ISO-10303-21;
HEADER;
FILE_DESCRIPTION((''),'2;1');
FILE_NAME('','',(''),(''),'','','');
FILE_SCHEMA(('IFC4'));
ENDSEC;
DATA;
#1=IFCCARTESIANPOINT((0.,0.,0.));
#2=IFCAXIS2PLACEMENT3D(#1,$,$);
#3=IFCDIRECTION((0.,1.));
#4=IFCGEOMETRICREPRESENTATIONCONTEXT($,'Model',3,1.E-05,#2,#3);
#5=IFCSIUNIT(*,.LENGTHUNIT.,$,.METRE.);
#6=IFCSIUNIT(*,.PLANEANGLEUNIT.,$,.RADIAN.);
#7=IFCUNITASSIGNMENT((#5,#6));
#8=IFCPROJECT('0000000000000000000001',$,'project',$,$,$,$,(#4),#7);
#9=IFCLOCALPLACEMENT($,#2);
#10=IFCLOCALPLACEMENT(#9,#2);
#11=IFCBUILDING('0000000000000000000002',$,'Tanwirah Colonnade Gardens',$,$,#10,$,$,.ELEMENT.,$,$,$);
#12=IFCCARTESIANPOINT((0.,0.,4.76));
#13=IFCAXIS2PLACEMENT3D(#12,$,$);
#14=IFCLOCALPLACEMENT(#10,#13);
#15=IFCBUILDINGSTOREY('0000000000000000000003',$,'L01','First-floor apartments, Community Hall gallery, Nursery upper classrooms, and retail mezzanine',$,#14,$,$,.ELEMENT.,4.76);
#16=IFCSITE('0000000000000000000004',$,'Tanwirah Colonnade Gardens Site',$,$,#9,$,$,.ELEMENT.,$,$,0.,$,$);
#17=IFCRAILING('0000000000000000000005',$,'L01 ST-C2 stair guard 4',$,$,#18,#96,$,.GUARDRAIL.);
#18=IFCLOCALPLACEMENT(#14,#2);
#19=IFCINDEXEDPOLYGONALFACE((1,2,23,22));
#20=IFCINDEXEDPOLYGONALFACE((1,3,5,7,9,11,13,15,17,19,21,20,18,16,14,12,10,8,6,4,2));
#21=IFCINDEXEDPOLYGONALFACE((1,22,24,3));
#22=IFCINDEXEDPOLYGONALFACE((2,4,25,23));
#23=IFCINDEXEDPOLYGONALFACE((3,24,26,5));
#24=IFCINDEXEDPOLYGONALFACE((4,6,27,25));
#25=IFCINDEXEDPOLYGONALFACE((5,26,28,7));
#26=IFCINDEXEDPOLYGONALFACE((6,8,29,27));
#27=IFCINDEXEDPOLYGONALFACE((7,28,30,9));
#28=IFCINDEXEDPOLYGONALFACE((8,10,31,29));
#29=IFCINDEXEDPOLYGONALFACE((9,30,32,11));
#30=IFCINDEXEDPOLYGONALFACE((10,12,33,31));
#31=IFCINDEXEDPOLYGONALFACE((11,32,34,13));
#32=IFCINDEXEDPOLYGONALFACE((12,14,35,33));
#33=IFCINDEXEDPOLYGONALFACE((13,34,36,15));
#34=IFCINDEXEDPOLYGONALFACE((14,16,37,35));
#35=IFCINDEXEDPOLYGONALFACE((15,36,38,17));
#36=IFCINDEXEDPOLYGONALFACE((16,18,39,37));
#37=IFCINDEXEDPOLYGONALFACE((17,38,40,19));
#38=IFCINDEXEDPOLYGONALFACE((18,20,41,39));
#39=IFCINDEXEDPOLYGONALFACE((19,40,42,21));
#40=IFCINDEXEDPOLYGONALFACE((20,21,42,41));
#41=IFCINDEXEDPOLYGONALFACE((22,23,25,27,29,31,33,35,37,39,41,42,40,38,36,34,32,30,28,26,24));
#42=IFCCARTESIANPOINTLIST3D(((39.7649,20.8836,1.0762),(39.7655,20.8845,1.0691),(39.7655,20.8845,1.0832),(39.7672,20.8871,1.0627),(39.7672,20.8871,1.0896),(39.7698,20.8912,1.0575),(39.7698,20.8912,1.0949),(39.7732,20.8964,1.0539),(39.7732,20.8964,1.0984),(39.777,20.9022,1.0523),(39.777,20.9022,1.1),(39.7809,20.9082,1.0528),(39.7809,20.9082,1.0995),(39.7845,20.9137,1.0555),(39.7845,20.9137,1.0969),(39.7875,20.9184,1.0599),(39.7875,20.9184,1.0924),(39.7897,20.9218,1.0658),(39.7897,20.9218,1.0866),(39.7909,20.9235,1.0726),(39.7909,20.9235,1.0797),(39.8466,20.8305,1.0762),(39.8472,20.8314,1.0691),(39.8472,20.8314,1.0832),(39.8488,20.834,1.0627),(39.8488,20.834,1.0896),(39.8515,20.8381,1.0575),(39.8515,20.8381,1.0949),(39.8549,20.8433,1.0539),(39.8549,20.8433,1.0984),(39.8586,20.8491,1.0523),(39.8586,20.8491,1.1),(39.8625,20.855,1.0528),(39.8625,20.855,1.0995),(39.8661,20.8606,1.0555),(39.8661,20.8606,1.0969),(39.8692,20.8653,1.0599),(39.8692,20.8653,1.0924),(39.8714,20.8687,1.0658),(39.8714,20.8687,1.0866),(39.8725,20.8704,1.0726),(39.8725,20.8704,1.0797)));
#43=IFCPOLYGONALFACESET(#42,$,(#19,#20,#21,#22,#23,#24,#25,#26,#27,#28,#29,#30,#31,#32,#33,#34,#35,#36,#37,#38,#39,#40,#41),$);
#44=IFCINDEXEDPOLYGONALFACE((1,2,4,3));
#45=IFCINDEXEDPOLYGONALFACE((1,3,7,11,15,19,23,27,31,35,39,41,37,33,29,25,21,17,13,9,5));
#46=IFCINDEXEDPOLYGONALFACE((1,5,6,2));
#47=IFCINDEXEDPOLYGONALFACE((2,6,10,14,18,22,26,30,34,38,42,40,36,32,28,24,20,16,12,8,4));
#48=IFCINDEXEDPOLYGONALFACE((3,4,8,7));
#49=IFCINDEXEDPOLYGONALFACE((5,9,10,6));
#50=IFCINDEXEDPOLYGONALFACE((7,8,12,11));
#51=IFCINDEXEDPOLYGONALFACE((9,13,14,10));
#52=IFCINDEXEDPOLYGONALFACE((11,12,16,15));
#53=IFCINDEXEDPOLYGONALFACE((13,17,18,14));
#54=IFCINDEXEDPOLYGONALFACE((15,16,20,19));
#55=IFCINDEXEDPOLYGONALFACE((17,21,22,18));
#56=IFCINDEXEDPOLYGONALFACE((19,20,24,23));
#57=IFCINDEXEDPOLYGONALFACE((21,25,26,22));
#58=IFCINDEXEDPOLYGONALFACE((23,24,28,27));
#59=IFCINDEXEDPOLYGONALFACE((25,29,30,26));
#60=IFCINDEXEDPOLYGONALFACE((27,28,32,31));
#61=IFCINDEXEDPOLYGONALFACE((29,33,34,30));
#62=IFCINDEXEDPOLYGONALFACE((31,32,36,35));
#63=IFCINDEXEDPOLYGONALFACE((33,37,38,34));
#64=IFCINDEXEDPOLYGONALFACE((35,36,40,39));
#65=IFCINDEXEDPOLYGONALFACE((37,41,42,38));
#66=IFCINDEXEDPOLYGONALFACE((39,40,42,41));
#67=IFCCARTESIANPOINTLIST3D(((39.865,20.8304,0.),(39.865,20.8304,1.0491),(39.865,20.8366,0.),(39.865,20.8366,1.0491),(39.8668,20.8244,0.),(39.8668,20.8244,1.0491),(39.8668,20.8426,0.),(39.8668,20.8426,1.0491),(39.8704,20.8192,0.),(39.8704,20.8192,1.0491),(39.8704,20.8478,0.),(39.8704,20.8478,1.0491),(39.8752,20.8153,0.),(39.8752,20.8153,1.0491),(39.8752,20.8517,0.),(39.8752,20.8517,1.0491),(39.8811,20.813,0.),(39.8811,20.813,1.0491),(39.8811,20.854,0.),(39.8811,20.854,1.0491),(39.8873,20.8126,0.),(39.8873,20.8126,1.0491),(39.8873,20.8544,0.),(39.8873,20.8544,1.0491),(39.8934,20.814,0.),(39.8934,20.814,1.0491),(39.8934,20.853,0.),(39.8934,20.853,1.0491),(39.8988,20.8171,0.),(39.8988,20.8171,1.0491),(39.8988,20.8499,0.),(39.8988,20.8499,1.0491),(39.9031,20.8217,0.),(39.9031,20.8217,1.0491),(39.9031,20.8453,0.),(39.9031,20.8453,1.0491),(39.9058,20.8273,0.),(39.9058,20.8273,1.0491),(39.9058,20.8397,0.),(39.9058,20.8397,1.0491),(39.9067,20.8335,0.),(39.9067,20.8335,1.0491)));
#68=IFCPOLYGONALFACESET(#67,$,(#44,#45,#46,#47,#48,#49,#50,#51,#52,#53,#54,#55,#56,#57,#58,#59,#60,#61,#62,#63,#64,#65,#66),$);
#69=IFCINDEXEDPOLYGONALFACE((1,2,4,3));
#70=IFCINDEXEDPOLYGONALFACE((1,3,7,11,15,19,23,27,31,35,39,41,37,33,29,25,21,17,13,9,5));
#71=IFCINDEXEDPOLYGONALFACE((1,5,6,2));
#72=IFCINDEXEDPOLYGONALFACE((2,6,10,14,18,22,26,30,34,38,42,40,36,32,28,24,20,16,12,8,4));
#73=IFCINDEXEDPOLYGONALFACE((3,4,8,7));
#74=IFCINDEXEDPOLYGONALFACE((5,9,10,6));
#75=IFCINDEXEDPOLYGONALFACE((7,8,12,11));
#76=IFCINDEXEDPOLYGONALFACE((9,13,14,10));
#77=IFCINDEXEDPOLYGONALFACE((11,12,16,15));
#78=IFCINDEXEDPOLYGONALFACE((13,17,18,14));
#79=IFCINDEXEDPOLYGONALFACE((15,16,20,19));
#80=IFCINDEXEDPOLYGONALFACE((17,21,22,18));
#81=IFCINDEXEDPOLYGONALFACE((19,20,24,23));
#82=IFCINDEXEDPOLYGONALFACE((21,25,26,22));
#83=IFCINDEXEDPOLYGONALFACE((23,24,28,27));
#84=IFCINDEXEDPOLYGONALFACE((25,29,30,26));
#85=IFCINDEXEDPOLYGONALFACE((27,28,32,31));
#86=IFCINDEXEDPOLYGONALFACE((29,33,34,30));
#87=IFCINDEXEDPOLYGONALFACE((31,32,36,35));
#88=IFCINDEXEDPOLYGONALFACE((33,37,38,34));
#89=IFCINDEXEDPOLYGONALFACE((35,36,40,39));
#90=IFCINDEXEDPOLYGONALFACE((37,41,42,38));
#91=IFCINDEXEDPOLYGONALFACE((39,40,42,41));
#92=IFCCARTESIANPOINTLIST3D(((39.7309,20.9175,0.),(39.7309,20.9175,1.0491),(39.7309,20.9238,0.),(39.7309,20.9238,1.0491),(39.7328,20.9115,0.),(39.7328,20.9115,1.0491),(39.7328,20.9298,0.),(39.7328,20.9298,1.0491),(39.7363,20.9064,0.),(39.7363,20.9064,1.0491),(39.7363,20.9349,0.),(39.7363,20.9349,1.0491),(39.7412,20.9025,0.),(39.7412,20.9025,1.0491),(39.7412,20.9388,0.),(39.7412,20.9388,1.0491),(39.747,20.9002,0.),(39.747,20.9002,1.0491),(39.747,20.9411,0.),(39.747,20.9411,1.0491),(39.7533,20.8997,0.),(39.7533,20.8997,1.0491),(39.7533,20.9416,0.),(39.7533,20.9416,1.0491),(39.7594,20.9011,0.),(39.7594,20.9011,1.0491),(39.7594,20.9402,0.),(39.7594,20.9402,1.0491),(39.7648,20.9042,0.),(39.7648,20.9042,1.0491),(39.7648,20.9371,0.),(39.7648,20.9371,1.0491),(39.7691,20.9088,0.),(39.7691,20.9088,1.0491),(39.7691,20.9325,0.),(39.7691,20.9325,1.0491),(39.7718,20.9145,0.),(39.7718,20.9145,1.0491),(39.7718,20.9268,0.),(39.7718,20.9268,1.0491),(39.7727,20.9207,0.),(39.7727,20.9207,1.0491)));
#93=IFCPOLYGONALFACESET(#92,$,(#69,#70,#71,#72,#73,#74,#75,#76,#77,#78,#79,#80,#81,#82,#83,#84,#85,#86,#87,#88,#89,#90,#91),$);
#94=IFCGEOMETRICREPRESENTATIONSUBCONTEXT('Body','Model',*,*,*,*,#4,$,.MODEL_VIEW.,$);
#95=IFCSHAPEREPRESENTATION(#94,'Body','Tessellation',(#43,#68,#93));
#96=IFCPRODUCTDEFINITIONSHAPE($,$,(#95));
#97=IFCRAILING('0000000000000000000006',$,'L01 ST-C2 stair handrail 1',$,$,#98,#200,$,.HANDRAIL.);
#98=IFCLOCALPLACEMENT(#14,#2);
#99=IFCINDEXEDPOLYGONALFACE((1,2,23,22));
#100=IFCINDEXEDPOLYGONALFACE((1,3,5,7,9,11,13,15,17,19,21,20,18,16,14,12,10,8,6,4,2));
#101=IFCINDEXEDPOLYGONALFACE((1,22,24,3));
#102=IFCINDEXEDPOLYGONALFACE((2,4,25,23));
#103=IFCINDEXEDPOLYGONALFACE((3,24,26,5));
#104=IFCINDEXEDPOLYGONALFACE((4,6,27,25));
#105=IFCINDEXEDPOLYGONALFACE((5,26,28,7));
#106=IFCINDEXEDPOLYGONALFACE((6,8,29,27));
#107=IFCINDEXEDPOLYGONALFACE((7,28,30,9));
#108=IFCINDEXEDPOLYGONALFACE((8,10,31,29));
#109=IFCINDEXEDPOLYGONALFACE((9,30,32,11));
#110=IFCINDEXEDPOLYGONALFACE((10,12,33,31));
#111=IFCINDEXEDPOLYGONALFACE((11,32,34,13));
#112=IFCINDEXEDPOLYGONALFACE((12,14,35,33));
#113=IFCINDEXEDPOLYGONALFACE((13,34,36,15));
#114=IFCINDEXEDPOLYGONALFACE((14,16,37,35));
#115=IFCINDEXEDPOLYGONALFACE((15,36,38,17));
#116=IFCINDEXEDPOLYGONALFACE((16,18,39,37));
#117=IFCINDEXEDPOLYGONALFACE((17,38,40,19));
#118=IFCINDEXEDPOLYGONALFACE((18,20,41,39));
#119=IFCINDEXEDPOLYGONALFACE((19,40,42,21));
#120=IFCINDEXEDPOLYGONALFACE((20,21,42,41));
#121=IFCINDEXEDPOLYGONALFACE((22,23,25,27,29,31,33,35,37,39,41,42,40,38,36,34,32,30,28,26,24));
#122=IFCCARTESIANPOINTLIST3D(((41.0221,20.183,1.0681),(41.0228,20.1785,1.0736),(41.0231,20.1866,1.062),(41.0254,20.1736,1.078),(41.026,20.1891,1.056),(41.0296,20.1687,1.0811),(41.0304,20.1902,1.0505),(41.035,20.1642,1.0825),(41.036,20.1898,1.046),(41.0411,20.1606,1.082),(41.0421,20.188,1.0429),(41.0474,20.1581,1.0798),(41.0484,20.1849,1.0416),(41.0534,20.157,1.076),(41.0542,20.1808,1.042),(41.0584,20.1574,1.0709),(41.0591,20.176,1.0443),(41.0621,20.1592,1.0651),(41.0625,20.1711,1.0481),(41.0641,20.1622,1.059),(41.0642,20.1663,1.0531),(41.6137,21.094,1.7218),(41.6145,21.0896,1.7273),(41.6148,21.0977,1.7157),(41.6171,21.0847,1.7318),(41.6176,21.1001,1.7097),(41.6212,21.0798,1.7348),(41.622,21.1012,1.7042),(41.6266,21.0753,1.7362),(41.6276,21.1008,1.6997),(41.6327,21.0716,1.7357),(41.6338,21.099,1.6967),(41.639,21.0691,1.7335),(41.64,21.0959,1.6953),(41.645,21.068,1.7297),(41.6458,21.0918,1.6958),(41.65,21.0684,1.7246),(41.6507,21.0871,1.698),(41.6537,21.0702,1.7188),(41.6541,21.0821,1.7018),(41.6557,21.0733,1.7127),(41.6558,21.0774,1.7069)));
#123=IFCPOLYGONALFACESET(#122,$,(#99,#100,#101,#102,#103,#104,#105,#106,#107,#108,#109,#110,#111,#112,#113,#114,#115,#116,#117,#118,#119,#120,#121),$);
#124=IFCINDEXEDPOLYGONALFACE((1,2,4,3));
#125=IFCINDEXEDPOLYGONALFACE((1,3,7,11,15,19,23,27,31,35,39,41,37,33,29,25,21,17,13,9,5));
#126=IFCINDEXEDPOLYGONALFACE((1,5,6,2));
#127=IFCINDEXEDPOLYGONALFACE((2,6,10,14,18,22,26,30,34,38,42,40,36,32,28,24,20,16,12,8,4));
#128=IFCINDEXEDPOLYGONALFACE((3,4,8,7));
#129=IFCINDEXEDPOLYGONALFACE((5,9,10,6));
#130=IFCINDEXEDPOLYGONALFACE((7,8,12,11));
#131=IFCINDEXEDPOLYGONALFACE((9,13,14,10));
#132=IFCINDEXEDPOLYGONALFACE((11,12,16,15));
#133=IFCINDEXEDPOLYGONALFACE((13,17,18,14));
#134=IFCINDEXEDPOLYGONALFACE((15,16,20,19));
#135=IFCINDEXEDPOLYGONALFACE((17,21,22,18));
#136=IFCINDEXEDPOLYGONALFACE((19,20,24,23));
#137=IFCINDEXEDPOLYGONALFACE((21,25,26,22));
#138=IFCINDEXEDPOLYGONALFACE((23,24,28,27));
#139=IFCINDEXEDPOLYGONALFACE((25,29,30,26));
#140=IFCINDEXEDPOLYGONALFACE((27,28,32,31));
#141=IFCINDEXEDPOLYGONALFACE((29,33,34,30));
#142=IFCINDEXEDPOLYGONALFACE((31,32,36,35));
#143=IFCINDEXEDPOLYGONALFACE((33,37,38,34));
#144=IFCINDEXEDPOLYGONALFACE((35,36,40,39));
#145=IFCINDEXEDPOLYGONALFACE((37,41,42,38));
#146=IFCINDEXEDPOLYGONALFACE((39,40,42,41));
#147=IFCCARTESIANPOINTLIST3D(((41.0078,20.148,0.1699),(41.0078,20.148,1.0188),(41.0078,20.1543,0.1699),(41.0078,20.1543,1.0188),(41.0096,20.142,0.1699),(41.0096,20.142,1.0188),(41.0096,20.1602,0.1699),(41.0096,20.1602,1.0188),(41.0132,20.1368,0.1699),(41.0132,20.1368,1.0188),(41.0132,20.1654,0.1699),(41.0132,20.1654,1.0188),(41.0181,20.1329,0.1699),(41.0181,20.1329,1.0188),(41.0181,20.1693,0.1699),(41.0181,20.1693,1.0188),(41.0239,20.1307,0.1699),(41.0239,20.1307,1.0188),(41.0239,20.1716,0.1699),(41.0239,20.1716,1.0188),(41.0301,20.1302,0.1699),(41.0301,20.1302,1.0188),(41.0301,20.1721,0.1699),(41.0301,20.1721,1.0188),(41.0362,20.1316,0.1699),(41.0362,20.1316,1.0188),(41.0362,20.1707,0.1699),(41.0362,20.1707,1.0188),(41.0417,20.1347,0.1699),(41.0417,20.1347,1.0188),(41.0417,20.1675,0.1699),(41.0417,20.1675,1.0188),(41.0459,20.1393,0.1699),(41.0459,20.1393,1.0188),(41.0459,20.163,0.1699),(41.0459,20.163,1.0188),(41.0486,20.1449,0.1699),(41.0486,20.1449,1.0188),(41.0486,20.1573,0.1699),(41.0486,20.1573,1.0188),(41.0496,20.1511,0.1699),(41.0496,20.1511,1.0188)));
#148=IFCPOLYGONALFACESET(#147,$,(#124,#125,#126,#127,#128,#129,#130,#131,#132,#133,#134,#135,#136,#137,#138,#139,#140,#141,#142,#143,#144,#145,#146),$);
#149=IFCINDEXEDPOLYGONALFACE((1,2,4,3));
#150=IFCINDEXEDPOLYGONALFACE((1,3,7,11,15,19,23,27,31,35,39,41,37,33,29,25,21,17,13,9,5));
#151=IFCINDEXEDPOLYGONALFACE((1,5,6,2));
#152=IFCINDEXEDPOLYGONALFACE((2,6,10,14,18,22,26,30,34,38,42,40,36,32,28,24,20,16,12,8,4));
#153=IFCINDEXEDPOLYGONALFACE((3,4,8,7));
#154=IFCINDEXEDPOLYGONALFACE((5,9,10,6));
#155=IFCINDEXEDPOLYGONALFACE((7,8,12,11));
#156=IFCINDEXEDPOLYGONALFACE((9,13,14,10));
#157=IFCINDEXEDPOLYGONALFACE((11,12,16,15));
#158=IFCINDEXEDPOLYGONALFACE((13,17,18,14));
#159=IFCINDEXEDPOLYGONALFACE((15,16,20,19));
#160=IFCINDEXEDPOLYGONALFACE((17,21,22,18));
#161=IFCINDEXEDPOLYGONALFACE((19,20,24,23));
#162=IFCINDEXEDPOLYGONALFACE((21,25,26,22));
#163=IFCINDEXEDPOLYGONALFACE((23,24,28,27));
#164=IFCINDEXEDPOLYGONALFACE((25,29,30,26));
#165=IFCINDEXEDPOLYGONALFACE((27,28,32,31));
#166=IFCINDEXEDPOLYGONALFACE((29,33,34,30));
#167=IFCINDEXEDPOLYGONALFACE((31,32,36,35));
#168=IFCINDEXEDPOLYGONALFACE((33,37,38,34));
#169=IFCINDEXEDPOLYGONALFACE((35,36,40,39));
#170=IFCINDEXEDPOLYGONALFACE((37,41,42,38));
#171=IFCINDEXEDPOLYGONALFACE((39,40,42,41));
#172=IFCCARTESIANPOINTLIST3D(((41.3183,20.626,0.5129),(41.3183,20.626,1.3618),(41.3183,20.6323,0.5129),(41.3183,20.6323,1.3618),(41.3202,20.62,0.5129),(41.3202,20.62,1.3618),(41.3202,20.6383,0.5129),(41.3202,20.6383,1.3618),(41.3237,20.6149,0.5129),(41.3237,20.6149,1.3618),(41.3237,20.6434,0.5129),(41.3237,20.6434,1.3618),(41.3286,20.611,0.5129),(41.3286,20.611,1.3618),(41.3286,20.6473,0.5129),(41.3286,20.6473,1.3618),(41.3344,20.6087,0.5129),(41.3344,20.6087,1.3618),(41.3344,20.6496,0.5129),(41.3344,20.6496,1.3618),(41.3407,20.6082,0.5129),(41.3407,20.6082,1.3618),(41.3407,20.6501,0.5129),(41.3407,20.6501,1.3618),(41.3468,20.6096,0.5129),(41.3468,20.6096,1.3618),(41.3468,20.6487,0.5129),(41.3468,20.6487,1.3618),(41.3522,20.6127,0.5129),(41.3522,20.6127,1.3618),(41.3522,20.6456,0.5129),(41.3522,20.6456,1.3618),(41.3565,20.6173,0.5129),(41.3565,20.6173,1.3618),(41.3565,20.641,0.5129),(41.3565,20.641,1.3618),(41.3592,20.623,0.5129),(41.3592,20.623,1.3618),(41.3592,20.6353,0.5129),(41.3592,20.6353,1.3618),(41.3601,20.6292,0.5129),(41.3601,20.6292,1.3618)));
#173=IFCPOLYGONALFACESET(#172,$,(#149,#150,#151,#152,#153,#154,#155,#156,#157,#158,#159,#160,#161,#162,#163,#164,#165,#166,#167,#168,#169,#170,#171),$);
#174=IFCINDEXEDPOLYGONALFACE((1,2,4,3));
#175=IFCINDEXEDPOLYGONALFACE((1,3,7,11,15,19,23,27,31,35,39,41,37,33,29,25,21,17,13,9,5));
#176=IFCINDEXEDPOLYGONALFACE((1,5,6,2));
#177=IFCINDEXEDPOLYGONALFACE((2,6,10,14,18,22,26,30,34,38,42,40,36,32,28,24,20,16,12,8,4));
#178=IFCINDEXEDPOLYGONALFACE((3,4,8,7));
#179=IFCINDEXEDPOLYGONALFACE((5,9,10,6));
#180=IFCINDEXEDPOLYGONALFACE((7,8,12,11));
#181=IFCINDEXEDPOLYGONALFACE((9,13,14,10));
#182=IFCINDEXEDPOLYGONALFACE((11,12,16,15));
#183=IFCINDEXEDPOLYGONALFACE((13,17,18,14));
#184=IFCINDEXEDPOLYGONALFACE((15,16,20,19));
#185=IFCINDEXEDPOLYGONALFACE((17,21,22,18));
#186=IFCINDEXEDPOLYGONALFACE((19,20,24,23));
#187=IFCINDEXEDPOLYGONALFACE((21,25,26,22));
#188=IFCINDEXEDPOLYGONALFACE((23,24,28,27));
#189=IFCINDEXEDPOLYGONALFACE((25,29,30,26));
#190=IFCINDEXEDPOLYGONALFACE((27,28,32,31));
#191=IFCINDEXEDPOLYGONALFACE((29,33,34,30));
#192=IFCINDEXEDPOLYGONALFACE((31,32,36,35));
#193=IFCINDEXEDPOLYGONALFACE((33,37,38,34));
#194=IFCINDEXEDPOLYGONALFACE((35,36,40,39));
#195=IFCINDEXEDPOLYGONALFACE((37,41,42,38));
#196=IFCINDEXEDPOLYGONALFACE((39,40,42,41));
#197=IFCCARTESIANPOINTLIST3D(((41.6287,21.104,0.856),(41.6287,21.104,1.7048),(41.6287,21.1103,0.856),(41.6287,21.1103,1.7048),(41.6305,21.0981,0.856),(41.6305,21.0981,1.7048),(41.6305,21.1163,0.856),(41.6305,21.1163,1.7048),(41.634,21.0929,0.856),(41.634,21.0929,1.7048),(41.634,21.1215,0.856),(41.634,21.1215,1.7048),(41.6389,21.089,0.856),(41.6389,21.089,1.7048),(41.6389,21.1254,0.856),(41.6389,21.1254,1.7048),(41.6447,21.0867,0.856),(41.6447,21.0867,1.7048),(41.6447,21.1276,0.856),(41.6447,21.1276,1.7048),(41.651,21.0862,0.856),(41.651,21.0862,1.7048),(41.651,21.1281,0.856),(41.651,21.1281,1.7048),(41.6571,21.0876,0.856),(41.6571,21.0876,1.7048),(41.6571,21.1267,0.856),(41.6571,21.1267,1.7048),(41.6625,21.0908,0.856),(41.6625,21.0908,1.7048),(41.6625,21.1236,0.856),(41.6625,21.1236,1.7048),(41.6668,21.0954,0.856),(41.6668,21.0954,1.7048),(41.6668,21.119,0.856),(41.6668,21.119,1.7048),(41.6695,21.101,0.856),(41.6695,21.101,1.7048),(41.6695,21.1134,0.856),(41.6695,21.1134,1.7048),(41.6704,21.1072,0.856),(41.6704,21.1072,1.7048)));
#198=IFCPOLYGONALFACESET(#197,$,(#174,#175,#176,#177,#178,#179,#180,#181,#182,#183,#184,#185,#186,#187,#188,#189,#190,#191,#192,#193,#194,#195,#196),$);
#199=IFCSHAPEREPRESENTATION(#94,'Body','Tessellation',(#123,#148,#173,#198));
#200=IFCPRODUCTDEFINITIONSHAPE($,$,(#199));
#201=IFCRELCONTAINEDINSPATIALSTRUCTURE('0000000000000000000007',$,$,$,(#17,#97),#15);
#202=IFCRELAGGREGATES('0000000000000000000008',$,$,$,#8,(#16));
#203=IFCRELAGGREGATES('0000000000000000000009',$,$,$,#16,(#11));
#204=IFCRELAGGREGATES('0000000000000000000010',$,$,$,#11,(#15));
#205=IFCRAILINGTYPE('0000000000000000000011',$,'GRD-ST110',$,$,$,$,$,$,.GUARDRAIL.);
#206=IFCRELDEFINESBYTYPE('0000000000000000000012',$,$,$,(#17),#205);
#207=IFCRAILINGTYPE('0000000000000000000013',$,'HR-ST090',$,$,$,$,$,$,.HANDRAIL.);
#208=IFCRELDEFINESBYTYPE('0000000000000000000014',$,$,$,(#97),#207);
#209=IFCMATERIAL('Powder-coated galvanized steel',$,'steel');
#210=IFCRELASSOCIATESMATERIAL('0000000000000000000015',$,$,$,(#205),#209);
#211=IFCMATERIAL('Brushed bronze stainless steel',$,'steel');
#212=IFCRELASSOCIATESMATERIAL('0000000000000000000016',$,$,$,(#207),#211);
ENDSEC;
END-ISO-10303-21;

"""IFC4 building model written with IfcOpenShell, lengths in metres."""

from ifc_helpers import new_model, si_unit, direction, frame, origin, origin_2d, place, context, subcontext, project, spatial, circle, extrude, material, type_object, element, save


model = new_model("IFC4")

# Units and contexts
model_context = context("Model", 3, precision=1e-05, world=origin(), true_north=direction((0.0, 1.0)))
body_context = subcontext(model_context, "Body", "Model", "MODEL_VIEW")
ifc_project = project(units=[si_unit("LENGTHUNIT", "METRE"), si_unit("PLANEANGLEUNIT", "RADIAN")], contexts=[model_context])

# Site, building, storey
site_placement = place(None, origin())
site = spatial("IfcSite", under=ifc_project, at=site_placement, Name="Tanwirah Colonnade Gardens Site", CompositionType="ELEMENT", RefElevation=0.0)
building_placement = place(site_placement, origin())
building = spatial("IfcBuilding", under=site, at=building_placement, Name="Tanwirah Colonnade Gardens", CompositionType="ELEMENT")
storey_placement = place(building_placement, frame((0.0, 0.0, 4.76)))
storey = spatial("IfcBuildingStorey", under=building, at=storey_placement, Name="L01", Description="First-floor apartments, Community Hall gallery, Nursery upper classrooms, and retail mezzanine", CompositionType="ELEMENT", Elevation=4.76)

# Railings
ifc_material_1 = material(Name="Powder-coated galvanized steel", Category="steel")
railing_type_1 = type_object("IfcRailingType", Name="GRD-ST110", PredefinedType="GUARDRAIL", material=ifc_material_1)
railing_1_placement = place(storey_placement, frame((39.8857, 20.8335, 0.0)))
element("IfcRailing", 1, at=railing_1_placement, inside=storey, type_object=railing_type_1, Name="L01 ST-C2 stair guard 4", PredefinedType="GUARDRAIL", context=body_context, shape_type="SweptSolid", body=[
    extrude(circle(Radius=0.0239, at=origin_2d()), frame((-0.0261, 0.0171, 1.0762), z_axis=(-0.838339, 0.545149, 0.0), x_axis=(-0.545149, -0.838339, 0.0)), (0.0, 0.0, 1.0), 0.0974),
    extrude(circle(Radius=0.021, at=origin_2d()), origin(), (0.0, 0.0, 1.0), 1.0491),
    extrude(circle(Radius=0.021, at=origin_2d()), frame((-0.134, 0.0872, 0.0)), (0.0, 0.0, 1.0), 1.0491),
])
ifc_material_2 = material(Name="Brushed bronze stainless steel", Category="steel")
railing_type_2 = type_object("IfcRailingType", Name="HR-ST090", PredefinedType="HANDRAIL", material=ifc_material_2)
for number, where, name in (
    (2, (41.0286, 20.1511, 0.1699), "L01 ST-C2 stair handrail 1"),
):
    element("IfcRailing", number, at=place(storey_placement, frame(where)), inside=storey, type_object=railing_type_2, Name=name, PredefinedType="HANDRAIL", context=body_context, shape_type="SweptSolid", body=[
        extrude(circle(Radius=0.0239, at=origin_2d()), frame((0.0146, 0.0225, 0.8921), z_axis=(0.466641, 0.718586, 0.515635), x_axis=(-0.838678, 0.544627, 0.0)), (0.0, 0.0, 1.0), 1.2678),
        extrude(circle(Radius=0.021, at=origin_2d()), origin(), (0.0, 0.0, 1.0), 0.8489),
        extrude(circle(Radius=0.021, at=origin_2d()), frame((0.3105, 0.478, 0.343)), (0.0, 0.0, 1.0), 0.8489),
        extrude(circle(Radius=0.021, at=origin_2d()), frame((0.6208, 0.9561, 0.686)), (0.0, 0.0, 1.0), 0.8489),
    ])

save(model, "model.ifc")
